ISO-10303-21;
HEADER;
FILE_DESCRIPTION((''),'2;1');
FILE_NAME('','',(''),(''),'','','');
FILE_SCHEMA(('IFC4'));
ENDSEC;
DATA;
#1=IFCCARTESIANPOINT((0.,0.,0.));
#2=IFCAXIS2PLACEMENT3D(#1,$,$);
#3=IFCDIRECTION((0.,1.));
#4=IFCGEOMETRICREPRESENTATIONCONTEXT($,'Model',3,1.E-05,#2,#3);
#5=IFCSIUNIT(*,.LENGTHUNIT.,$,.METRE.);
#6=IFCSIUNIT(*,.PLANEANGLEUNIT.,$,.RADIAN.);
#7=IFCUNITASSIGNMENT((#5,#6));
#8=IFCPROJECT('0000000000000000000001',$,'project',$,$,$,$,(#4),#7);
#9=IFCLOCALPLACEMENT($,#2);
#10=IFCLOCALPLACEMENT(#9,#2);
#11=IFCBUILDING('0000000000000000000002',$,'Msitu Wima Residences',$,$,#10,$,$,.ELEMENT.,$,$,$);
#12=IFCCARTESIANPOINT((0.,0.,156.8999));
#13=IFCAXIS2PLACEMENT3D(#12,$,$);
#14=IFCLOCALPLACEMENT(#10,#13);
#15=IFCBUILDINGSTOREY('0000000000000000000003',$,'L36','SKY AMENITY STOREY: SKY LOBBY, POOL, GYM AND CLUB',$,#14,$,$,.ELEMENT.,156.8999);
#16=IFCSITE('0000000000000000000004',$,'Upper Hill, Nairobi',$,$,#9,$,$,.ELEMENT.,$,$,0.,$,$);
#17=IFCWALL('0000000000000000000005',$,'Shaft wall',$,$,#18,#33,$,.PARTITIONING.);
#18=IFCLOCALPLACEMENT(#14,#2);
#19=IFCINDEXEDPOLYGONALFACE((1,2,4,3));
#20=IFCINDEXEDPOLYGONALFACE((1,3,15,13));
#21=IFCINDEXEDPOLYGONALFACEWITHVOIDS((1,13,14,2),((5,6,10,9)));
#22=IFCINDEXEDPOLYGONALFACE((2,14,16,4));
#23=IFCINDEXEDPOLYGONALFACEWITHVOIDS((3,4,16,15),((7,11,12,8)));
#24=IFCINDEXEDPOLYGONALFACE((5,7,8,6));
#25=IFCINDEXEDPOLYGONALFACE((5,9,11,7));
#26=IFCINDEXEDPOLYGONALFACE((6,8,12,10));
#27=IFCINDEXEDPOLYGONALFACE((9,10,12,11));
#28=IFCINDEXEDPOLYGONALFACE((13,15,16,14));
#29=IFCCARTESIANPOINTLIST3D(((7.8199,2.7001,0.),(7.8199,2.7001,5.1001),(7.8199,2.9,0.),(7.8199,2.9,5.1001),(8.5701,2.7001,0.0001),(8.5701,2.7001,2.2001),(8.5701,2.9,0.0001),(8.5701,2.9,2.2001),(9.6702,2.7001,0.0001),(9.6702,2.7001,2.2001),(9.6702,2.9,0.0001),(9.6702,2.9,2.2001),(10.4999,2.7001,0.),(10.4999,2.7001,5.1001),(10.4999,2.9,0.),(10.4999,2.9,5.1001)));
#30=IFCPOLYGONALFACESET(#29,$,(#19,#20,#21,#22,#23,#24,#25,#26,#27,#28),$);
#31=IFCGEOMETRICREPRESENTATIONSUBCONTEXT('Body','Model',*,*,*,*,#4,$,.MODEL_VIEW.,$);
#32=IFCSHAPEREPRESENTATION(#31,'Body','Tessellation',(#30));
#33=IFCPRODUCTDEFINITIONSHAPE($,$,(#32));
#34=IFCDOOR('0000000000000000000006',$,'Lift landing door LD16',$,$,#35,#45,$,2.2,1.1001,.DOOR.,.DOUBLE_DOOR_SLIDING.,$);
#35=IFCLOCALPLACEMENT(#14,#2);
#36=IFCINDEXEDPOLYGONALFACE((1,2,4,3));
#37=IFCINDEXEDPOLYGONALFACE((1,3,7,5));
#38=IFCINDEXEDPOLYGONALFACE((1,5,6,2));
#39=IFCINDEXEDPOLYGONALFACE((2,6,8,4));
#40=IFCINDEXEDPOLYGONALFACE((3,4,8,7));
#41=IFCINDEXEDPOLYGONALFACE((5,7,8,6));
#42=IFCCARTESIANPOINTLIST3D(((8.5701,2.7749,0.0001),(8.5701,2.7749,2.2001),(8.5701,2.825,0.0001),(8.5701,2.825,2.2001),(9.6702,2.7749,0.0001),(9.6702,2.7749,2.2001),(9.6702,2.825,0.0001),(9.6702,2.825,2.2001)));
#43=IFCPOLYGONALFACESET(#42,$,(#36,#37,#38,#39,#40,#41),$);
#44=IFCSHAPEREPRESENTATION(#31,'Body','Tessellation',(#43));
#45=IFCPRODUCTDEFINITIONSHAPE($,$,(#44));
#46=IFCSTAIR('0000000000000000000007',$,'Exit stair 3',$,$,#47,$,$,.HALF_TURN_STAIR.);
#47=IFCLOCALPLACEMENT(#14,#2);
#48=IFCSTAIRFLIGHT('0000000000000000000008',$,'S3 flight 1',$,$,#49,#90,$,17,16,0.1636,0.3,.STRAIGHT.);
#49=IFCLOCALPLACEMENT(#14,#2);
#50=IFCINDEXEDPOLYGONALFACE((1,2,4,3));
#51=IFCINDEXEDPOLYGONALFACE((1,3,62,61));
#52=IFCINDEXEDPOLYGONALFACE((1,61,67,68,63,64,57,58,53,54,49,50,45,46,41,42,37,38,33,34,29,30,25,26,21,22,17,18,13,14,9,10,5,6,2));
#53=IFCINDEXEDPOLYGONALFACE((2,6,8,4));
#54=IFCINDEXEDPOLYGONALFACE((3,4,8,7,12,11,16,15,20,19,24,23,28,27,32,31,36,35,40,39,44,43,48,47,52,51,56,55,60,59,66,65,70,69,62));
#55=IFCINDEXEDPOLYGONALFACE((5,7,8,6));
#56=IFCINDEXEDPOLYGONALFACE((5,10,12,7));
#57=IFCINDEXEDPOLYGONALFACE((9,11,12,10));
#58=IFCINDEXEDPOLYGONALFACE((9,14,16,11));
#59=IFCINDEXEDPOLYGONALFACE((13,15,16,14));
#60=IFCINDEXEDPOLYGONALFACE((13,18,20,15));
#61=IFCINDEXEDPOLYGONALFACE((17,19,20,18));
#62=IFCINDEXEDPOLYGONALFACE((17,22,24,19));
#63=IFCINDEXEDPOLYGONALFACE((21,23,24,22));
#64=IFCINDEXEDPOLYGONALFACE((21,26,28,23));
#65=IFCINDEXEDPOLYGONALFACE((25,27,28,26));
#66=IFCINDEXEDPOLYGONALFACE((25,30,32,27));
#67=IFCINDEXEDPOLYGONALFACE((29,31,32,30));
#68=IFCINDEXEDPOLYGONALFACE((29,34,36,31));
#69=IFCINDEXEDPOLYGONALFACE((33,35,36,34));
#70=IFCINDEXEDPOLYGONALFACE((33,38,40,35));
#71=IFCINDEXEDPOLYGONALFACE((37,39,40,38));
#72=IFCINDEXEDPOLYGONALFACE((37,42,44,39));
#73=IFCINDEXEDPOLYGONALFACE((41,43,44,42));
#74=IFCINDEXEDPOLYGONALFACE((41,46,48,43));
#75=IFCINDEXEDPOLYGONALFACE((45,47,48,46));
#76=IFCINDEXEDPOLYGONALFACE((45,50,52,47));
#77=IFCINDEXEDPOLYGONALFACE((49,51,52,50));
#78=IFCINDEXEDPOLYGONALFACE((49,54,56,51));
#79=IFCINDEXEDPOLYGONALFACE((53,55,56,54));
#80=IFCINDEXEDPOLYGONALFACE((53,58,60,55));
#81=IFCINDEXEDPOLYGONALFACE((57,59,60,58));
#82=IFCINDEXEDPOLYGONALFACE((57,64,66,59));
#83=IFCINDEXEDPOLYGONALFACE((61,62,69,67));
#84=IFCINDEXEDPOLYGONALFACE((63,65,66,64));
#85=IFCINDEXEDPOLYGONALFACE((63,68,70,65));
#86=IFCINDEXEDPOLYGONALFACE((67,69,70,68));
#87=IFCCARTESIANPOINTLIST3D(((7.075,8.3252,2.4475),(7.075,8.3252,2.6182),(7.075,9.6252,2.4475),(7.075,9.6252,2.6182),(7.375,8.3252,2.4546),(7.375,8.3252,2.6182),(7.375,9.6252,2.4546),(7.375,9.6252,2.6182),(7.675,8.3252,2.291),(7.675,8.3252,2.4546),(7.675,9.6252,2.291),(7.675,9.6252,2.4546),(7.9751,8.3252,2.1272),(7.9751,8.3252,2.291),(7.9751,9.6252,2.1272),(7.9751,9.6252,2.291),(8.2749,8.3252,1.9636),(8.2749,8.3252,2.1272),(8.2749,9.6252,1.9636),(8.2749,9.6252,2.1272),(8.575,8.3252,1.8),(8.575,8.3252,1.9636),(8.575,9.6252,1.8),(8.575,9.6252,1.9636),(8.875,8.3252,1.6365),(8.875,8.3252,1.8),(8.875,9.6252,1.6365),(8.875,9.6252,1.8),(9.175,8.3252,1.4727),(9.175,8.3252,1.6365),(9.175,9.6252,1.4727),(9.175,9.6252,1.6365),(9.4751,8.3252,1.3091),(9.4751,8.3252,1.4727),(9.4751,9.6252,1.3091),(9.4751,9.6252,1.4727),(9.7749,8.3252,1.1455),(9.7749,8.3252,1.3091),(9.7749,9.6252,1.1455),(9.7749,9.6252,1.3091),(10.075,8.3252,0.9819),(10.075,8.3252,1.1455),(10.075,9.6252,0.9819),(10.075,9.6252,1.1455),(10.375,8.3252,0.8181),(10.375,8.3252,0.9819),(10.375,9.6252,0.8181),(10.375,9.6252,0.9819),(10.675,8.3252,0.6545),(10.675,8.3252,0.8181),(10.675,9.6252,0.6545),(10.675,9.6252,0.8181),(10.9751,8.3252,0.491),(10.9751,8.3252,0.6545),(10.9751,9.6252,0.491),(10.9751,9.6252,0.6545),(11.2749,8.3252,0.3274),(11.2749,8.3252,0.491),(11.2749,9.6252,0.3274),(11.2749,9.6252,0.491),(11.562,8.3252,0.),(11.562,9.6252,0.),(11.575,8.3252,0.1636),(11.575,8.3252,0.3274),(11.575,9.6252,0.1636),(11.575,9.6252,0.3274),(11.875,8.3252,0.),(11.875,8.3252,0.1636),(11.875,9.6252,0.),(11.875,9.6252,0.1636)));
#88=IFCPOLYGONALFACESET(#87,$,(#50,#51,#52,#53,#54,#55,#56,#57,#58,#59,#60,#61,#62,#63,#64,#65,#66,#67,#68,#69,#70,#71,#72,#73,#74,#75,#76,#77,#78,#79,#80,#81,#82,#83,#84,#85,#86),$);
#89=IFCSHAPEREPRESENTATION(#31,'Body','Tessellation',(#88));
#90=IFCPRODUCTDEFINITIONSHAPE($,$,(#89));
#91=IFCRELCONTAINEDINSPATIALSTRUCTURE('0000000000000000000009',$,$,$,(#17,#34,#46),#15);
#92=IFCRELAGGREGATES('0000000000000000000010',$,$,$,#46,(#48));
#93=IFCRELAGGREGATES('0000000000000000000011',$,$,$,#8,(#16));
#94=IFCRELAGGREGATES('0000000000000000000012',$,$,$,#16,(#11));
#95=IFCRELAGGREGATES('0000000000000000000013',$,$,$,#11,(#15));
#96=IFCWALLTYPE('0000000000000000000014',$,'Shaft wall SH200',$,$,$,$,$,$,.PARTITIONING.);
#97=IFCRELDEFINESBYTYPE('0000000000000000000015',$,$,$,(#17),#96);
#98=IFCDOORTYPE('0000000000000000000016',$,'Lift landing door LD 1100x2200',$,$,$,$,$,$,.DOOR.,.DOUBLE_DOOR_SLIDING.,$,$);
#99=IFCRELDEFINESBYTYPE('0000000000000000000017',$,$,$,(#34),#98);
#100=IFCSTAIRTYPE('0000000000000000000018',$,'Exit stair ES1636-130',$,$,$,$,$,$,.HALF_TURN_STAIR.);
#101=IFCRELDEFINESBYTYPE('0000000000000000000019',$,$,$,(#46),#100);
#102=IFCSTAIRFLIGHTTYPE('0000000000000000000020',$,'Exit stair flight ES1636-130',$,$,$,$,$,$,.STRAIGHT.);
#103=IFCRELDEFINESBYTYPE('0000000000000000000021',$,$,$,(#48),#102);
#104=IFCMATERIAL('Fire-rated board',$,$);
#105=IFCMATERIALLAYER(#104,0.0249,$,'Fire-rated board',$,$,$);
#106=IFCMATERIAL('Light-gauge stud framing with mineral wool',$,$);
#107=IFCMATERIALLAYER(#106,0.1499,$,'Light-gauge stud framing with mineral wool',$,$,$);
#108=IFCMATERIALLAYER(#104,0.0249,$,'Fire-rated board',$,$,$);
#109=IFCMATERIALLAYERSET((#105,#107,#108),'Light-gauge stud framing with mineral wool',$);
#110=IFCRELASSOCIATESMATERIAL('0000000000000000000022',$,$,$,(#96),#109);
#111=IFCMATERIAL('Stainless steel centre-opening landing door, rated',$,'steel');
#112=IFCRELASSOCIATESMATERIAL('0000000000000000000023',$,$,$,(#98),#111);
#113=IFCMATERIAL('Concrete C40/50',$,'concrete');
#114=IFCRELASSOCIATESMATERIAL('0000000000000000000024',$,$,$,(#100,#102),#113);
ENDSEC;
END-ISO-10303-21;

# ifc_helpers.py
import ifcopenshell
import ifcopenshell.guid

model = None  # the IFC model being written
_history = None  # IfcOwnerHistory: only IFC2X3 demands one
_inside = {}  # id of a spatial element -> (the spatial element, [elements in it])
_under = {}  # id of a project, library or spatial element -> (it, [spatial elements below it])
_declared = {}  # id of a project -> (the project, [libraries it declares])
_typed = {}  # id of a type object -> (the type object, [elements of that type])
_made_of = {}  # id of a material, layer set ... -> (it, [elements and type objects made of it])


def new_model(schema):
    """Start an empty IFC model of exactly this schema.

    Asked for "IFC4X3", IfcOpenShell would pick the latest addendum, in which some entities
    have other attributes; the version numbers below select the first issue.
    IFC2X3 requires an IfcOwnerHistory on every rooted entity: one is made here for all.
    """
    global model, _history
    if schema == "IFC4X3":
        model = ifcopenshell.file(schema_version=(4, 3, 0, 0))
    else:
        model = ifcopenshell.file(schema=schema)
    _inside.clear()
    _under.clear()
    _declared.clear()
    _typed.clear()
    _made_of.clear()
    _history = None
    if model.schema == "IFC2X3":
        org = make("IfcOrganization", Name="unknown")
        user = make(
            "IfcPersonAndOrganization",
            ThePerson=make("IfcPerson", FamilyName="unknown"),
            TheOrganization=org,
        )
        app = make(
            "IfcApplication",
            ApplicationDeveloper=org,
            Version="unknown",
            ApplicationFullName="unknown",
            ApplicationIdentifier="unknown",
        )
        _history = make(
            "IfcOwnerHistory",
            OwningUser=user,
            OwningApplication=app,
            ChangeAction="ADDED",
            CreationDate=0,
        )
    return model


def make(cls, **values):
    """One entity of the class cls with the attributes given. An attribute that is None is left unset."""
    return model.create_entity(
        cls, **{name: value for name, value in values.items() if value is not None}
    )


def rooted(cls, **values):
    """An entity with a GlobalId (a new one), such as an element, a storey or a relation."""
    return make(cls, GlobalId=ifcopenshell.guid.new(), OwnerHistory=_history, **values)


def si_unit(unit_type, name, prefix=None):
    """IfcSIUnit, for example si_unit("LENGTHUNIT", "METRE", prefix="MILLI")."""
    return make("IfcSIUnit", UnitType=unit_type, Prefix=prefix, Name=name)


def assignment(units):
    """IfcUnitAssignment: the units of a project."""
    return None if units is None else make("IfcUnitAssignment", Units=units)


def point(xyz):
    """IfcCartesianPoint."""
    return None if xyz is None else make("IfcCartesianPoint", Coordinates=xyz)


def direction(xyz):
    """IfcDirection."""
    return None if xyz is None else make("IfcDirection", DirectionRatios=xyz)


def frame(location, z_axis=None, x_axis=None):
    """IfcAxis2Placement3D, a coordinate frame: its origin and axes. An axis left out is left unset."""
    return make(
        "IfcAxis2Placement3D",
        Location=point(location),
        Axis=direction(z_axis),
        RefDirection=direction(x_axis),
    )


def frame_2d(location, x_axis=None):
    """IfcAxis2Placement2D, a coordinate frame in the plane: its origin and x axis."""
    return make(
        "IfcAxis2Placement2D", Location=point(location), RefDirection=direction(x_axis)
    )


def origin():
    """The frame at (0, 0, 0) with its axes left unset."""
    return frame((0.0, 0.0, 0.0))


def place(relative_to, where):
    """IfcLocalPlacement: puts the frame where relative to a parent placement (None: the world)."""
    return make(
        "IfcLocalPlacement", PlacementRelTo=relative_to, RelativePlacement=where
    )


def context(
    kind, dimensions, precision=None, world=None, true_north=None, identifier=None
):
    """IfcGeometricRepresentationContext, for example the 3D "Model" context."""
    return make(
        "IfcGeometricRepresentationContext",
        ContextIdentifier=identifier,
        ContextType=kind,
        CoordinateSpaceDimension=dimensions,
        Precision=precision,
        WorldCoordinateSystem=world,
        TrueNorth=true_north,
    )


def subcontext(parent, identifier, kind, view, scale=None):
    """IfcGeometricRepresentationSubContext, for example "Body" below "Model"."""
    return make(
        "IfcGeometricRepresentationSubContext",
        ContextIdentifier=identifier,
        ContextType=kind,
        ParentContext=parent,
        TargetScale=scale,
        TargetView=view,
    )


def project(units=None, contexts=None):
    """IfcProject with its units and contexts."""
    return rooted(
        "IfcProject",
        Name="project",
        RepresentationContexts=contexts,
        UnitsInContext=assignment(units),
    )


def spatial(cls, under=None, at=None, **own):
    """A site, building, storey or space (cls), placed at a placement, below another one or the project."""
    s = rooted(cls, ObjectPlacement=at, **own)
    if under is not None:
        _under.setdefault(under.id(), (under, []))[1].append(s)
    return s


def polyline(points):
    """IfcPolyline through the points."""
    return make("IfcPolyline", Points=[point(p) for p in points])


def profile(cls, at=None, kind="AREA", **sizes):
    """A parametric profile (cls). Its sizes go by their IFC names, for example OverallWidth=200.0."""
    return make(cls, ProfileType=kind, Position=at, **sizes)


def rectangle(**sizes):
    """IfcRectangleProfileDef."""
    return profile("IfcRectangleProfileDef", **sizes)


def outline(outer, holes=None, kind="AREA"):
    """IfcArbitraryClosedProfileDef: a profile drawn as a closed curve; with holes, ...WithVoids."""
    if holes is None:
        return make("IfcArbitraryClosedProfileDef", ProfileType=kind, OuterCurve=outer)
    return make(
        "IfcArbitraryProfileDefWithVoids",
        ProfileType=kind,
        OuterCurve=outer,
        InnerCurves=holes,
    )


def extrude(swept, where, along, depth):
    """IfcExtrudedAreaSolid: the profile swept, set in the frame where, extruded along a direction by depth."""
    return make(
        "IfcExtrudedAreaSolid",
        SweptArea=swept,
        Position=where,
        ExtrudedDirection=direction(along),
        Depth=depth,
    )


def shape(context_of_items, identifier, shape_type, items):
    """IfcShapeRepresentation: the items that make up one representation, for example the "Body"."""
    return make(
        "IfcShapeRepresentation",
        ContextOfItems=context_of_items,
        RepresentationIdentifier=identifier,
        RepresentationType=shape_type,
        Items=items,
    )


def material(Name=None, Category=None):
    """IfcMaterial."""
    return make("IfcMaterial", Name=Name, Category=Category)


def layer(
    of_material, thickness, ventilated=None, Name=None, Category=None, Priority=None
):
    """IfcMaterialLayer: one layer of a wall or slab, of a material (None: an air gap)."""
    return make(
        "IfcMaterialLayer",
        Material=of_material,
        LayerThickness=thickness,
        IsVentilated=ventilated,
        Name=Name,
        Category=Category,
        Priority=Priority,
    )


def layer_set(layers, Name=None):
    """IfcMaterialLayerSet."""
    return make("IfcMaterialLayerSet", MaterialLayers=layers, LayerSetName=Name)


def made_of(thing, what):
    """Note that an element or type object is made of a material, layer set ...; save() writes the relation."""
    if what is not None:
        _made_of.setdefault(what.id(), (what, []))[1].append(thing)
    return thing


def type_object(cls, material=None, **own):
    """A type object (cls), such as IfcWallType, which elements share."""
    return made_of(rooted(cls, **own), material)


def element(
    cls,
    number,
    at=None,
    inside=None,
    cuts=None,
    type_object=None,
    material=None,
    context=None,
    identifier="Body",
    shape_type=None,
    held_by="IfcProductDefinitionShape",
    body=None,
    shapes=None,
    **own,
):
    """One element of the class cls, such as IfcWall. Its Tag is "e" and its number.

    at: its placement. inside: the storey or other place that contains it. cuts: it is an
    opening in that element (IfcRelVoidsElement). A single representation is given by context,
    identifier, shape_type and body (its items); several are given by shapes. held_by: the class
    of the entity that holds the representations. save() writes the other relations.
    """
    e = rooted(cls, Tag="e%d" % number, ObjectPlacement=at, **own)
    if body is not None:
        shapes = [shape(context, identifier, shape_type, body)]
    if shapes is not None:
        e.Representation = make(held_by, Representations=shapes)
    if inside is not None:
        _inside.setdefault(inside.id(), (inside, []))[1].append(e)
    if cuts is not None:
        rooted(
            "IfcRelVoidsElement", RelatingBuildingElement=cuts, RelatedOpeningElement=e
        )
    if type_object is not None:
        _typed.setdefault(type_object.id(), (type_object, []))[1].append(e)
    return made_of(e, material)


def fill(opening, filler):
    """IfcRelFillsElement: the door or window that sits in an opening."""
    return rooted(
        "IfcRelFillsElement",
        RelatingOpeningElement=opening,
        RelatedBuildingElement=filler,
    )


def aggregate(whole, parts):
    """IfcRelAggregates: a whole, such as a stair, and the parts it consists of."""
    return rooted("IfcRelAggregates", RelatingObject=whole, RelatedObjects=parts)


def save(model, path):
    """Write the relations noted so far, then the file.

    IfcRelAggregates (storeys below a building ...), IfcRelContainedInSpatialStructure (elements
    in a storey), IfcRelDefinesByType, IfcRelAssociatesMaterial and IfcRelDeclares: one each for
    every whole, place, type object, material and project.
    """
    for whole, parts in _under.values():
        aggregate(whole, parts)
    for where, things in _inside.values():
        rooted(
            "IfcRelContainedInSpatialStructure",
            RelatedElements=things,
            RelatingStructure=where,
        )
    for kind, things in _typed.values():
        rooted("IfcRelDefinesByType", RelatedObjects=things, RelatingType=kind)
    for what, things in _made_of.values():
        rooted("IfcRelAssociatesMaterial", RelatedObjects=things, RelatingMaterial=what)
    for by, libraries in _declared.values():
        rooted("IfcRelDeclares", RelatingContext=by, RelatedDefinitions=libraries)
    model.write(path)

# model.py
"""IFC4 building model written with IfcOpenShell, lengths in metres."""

from ifc_helpers import new_model, si_unit, direction, frame, frame_2d, origin, place, context, subcontext, project, spatial, polyline, rectangle, outline, extrude, material, layer, layer_set, type_object, element, fill, aggregate, save


model = new_model("IFC4")

# Units and contexts
model_context = context("Model", 3, precision=1e-05, world=origin(), true_north=direction((0.0, 1.0)))
body_context = subcontext(model_context, "Body", "Model", "MODEL_VIEW")
ifc_project = project(units=[si_unit("LENGTHUNIT", "METRE"), si_unit("PLANEANGLEUNIT", "RADIAN")], contexts=[model_context])

# Site, building, storey
site_placement = place(None, origin())
site = spatial("IfcSite", under=ifc_project, at=site_placement, Name="Upper Hill, Nairobi", CompositionType="ELEMENT", RefElevation=0.0)
building_placement = place(site_placement, origin())
building = spatial("IfcBuilding", under=site, at=building_placement, Name="Msitu Wima Residences", CompositionType="ELEMENT")
storey_placement = place(building_placement, frame((0.0, 0.0, 156.8999)))
storey = spatial("IfcBuildingStorey", under=building, at=storey_placement, Name="L36", Description="SKY AMENITY STOREY: SKY LOBBY, POOL, GYM AND CLUB", CompositionType="ELEMENT", Elevation=156.8999)

# Wall, opening, door
ifc_material_1 = material(Name="Fire-rated board")
ifc_layer_1 = layer(ifc_material_1, 0.0249, Name="Fire-rated board")
ifc_material_2 = material(Name="Light-gauge stud framing with mineral wool")
ifc_layer_2 = layer(ifc_material_2, 0.1499, Name="Light-gauge stud framing with mineral wool")
ifc_layer_3 = layer(ifc_material_1, 0.0249, Name="Fire-rated board")
ifc_layer_set_1 = layer_set([ifc_layer_1, ifc_layer_2, ifc_layer_3], Name="Light-gauge stud framing with mineral wool")
wall_type_1 = type_object("IfcWallType", Name="Shaft wall SH200", PredefinedType="PARTITIONING", material=ifc_layer_set_1)
wall_1_placement = place(storey_placement, frame((7.8201, 2.8, 0.0), z_axis=(0.0, 0.0, 1.0), x_axis=(1.0, 0.0, 0.0)))
wall_1 = element("IfcWall", 1, at=wall_1_placement, inside=storey, type_object=wall_type_1, Name="Shaft wall", PredefinedType="PARTITIONING", context=body_context, shape_type="SweptSolid", body=[
    extrude(rectangle(XDim=2.6799, YDim=0.2, at=frame_2d((1.3398, 0.0))), origin(), (0.0, 0.0, 1.0), 5.1001),
])
opening_placement = place(wall_1_placement, frame((0.75, 0.0, 0.0)))
opening = element("IfcOpeningElement", 2, at=opening_placement, cuts=wall_1, PredefinedType="OPENING", context=body_context, shape_type="SweptSolid", body=[
    extrude(rectangle(XDim=1.1001, YDim=2.2, at=frame_2d((0.55, 1.1001))), frame((0.0, 0.1099, 0.0), z_axis=(0.0, -1.0, 0.0), x_axis=(1.0, 0.0, 0.0)), (0.0, 0.0, 1.0), 0.22),
])
ifc_material_3 = material(Name="Stainless steel centre-opening landing door, rated", Category="steel")
door_type = type_object("IfcDoorType", Name="Lift landing door LD 1100x2200", OperationType="DOUBLE_DOOR_SLIDING", PredefinedType="DOOR", material=ifc_material_3)
door_placement = place(opening_placement, origin())
door = element("IfcDoor", 3, at=door_placement, inside=storey, type_object=door_type, Name="Lift landing door LD16", OperationType="DOUBLE_DOOR_SLIDING", OverallHeight=2.2, OverallWidth=1.1001, PredefinedType="DOOR", context=body_context, shape_type="SweptSolid", body=[
    extrude(rectangle(XDim=1.1001, YDim=2.2, at=frame_2d((0.55, 1.1001))), frame((0.0, 0.0249, 0.0), z_axis=(0.0, -1.0, 0.0), x_axis=(1.0, 0.0, 0.0)), (0.0, 0.0, 1.0), 0.05),
])
fill(opening, door)

# Stair, stair flight
ifc_material_4 = material(Name="Concrete C40/50", Category="concrete")
stair_type = type_object("IfcStairType", Name="Exit stair ES1636-130", PredefinedType="HALF_TURN_STAIR", material=ifc_material_4)
stair_placement = place(storey_placement, origin())
stair = element("IfcStair", 4, at=stair_placement, inside=storey, type_object=stair_type, Name="Exit stair 3", PredefinedType="HALF_TURN_STAIR")
stair_flight_type = type_object("IfcStairFlightType", Name="Exit stair flight ES1636-130", PredefinedType="STRAIGHT", material=ifc_material_4)
stair_flight_placement = place(storey_placement, frame((11.875, 8.9751, 0.0), z_axis=(0.0, 0.0, 1.0), x_axis=(-1.0, 0.0, 0.0)))
stair_flight = element("IfcStairFlight", 5, at=stair_flight_placement, type_object=stair_flight_type, Name="S3 flight 1", NumberOfRisers=17, NumberOfTreads=16, PredefinedType="STRAIGHT", RiserHeight=0.1636, TreadLength=0.3, context=body_context, shape_type="SweptSolid", body=[
    extrude(outline(polyline([(0.0, 0.0), (0.0, 0.1636), (0.3, 0.1636), (0.3, 0.3274), (0.6001, 0.3274), (0.6001, 0.491), (0.8999, 0.491), (0.8999, 0.6545), (1.2, 0.6545), (1.2, 0.8181), (1.5, 0.8181), (1.5, 0.9819), (1.8, 0.9819), (1.8, 1.1455), (2.1001, 1.1455), (2.1001, 1.3091), (2.3999, 1.3091), (2.3999, 1.4727), (2.7, 1.4727), (2.7, 1.6365), (3.0, 1.6365), (3.0, 1.8), (3.3, 1.8), (3.3, 1.9636), (3.6001, 1.9636), (3.6001, 2.1272), (3.8999, 2.1272), (3.8999, 2.291), (4.2, 2.291), (4.2, 2.4546), (4.5, 2.4546), (4.5, 2.6182), (4.8, 2.6182), (4.8, 2.7817), (4.8, 2.4475), (0.313, 0.0), (0.0, 0.0)])), frame((0.0, 0.6499, 0.0), z_axis=(0.0, -1.0, 0.0), x_axis=(1.0, 0.0, 0.0)), (0.0, 0.0, 1.0), 1.3),
])
aggregate(stair, [stair_flight])

save(model, "model.ifc")
